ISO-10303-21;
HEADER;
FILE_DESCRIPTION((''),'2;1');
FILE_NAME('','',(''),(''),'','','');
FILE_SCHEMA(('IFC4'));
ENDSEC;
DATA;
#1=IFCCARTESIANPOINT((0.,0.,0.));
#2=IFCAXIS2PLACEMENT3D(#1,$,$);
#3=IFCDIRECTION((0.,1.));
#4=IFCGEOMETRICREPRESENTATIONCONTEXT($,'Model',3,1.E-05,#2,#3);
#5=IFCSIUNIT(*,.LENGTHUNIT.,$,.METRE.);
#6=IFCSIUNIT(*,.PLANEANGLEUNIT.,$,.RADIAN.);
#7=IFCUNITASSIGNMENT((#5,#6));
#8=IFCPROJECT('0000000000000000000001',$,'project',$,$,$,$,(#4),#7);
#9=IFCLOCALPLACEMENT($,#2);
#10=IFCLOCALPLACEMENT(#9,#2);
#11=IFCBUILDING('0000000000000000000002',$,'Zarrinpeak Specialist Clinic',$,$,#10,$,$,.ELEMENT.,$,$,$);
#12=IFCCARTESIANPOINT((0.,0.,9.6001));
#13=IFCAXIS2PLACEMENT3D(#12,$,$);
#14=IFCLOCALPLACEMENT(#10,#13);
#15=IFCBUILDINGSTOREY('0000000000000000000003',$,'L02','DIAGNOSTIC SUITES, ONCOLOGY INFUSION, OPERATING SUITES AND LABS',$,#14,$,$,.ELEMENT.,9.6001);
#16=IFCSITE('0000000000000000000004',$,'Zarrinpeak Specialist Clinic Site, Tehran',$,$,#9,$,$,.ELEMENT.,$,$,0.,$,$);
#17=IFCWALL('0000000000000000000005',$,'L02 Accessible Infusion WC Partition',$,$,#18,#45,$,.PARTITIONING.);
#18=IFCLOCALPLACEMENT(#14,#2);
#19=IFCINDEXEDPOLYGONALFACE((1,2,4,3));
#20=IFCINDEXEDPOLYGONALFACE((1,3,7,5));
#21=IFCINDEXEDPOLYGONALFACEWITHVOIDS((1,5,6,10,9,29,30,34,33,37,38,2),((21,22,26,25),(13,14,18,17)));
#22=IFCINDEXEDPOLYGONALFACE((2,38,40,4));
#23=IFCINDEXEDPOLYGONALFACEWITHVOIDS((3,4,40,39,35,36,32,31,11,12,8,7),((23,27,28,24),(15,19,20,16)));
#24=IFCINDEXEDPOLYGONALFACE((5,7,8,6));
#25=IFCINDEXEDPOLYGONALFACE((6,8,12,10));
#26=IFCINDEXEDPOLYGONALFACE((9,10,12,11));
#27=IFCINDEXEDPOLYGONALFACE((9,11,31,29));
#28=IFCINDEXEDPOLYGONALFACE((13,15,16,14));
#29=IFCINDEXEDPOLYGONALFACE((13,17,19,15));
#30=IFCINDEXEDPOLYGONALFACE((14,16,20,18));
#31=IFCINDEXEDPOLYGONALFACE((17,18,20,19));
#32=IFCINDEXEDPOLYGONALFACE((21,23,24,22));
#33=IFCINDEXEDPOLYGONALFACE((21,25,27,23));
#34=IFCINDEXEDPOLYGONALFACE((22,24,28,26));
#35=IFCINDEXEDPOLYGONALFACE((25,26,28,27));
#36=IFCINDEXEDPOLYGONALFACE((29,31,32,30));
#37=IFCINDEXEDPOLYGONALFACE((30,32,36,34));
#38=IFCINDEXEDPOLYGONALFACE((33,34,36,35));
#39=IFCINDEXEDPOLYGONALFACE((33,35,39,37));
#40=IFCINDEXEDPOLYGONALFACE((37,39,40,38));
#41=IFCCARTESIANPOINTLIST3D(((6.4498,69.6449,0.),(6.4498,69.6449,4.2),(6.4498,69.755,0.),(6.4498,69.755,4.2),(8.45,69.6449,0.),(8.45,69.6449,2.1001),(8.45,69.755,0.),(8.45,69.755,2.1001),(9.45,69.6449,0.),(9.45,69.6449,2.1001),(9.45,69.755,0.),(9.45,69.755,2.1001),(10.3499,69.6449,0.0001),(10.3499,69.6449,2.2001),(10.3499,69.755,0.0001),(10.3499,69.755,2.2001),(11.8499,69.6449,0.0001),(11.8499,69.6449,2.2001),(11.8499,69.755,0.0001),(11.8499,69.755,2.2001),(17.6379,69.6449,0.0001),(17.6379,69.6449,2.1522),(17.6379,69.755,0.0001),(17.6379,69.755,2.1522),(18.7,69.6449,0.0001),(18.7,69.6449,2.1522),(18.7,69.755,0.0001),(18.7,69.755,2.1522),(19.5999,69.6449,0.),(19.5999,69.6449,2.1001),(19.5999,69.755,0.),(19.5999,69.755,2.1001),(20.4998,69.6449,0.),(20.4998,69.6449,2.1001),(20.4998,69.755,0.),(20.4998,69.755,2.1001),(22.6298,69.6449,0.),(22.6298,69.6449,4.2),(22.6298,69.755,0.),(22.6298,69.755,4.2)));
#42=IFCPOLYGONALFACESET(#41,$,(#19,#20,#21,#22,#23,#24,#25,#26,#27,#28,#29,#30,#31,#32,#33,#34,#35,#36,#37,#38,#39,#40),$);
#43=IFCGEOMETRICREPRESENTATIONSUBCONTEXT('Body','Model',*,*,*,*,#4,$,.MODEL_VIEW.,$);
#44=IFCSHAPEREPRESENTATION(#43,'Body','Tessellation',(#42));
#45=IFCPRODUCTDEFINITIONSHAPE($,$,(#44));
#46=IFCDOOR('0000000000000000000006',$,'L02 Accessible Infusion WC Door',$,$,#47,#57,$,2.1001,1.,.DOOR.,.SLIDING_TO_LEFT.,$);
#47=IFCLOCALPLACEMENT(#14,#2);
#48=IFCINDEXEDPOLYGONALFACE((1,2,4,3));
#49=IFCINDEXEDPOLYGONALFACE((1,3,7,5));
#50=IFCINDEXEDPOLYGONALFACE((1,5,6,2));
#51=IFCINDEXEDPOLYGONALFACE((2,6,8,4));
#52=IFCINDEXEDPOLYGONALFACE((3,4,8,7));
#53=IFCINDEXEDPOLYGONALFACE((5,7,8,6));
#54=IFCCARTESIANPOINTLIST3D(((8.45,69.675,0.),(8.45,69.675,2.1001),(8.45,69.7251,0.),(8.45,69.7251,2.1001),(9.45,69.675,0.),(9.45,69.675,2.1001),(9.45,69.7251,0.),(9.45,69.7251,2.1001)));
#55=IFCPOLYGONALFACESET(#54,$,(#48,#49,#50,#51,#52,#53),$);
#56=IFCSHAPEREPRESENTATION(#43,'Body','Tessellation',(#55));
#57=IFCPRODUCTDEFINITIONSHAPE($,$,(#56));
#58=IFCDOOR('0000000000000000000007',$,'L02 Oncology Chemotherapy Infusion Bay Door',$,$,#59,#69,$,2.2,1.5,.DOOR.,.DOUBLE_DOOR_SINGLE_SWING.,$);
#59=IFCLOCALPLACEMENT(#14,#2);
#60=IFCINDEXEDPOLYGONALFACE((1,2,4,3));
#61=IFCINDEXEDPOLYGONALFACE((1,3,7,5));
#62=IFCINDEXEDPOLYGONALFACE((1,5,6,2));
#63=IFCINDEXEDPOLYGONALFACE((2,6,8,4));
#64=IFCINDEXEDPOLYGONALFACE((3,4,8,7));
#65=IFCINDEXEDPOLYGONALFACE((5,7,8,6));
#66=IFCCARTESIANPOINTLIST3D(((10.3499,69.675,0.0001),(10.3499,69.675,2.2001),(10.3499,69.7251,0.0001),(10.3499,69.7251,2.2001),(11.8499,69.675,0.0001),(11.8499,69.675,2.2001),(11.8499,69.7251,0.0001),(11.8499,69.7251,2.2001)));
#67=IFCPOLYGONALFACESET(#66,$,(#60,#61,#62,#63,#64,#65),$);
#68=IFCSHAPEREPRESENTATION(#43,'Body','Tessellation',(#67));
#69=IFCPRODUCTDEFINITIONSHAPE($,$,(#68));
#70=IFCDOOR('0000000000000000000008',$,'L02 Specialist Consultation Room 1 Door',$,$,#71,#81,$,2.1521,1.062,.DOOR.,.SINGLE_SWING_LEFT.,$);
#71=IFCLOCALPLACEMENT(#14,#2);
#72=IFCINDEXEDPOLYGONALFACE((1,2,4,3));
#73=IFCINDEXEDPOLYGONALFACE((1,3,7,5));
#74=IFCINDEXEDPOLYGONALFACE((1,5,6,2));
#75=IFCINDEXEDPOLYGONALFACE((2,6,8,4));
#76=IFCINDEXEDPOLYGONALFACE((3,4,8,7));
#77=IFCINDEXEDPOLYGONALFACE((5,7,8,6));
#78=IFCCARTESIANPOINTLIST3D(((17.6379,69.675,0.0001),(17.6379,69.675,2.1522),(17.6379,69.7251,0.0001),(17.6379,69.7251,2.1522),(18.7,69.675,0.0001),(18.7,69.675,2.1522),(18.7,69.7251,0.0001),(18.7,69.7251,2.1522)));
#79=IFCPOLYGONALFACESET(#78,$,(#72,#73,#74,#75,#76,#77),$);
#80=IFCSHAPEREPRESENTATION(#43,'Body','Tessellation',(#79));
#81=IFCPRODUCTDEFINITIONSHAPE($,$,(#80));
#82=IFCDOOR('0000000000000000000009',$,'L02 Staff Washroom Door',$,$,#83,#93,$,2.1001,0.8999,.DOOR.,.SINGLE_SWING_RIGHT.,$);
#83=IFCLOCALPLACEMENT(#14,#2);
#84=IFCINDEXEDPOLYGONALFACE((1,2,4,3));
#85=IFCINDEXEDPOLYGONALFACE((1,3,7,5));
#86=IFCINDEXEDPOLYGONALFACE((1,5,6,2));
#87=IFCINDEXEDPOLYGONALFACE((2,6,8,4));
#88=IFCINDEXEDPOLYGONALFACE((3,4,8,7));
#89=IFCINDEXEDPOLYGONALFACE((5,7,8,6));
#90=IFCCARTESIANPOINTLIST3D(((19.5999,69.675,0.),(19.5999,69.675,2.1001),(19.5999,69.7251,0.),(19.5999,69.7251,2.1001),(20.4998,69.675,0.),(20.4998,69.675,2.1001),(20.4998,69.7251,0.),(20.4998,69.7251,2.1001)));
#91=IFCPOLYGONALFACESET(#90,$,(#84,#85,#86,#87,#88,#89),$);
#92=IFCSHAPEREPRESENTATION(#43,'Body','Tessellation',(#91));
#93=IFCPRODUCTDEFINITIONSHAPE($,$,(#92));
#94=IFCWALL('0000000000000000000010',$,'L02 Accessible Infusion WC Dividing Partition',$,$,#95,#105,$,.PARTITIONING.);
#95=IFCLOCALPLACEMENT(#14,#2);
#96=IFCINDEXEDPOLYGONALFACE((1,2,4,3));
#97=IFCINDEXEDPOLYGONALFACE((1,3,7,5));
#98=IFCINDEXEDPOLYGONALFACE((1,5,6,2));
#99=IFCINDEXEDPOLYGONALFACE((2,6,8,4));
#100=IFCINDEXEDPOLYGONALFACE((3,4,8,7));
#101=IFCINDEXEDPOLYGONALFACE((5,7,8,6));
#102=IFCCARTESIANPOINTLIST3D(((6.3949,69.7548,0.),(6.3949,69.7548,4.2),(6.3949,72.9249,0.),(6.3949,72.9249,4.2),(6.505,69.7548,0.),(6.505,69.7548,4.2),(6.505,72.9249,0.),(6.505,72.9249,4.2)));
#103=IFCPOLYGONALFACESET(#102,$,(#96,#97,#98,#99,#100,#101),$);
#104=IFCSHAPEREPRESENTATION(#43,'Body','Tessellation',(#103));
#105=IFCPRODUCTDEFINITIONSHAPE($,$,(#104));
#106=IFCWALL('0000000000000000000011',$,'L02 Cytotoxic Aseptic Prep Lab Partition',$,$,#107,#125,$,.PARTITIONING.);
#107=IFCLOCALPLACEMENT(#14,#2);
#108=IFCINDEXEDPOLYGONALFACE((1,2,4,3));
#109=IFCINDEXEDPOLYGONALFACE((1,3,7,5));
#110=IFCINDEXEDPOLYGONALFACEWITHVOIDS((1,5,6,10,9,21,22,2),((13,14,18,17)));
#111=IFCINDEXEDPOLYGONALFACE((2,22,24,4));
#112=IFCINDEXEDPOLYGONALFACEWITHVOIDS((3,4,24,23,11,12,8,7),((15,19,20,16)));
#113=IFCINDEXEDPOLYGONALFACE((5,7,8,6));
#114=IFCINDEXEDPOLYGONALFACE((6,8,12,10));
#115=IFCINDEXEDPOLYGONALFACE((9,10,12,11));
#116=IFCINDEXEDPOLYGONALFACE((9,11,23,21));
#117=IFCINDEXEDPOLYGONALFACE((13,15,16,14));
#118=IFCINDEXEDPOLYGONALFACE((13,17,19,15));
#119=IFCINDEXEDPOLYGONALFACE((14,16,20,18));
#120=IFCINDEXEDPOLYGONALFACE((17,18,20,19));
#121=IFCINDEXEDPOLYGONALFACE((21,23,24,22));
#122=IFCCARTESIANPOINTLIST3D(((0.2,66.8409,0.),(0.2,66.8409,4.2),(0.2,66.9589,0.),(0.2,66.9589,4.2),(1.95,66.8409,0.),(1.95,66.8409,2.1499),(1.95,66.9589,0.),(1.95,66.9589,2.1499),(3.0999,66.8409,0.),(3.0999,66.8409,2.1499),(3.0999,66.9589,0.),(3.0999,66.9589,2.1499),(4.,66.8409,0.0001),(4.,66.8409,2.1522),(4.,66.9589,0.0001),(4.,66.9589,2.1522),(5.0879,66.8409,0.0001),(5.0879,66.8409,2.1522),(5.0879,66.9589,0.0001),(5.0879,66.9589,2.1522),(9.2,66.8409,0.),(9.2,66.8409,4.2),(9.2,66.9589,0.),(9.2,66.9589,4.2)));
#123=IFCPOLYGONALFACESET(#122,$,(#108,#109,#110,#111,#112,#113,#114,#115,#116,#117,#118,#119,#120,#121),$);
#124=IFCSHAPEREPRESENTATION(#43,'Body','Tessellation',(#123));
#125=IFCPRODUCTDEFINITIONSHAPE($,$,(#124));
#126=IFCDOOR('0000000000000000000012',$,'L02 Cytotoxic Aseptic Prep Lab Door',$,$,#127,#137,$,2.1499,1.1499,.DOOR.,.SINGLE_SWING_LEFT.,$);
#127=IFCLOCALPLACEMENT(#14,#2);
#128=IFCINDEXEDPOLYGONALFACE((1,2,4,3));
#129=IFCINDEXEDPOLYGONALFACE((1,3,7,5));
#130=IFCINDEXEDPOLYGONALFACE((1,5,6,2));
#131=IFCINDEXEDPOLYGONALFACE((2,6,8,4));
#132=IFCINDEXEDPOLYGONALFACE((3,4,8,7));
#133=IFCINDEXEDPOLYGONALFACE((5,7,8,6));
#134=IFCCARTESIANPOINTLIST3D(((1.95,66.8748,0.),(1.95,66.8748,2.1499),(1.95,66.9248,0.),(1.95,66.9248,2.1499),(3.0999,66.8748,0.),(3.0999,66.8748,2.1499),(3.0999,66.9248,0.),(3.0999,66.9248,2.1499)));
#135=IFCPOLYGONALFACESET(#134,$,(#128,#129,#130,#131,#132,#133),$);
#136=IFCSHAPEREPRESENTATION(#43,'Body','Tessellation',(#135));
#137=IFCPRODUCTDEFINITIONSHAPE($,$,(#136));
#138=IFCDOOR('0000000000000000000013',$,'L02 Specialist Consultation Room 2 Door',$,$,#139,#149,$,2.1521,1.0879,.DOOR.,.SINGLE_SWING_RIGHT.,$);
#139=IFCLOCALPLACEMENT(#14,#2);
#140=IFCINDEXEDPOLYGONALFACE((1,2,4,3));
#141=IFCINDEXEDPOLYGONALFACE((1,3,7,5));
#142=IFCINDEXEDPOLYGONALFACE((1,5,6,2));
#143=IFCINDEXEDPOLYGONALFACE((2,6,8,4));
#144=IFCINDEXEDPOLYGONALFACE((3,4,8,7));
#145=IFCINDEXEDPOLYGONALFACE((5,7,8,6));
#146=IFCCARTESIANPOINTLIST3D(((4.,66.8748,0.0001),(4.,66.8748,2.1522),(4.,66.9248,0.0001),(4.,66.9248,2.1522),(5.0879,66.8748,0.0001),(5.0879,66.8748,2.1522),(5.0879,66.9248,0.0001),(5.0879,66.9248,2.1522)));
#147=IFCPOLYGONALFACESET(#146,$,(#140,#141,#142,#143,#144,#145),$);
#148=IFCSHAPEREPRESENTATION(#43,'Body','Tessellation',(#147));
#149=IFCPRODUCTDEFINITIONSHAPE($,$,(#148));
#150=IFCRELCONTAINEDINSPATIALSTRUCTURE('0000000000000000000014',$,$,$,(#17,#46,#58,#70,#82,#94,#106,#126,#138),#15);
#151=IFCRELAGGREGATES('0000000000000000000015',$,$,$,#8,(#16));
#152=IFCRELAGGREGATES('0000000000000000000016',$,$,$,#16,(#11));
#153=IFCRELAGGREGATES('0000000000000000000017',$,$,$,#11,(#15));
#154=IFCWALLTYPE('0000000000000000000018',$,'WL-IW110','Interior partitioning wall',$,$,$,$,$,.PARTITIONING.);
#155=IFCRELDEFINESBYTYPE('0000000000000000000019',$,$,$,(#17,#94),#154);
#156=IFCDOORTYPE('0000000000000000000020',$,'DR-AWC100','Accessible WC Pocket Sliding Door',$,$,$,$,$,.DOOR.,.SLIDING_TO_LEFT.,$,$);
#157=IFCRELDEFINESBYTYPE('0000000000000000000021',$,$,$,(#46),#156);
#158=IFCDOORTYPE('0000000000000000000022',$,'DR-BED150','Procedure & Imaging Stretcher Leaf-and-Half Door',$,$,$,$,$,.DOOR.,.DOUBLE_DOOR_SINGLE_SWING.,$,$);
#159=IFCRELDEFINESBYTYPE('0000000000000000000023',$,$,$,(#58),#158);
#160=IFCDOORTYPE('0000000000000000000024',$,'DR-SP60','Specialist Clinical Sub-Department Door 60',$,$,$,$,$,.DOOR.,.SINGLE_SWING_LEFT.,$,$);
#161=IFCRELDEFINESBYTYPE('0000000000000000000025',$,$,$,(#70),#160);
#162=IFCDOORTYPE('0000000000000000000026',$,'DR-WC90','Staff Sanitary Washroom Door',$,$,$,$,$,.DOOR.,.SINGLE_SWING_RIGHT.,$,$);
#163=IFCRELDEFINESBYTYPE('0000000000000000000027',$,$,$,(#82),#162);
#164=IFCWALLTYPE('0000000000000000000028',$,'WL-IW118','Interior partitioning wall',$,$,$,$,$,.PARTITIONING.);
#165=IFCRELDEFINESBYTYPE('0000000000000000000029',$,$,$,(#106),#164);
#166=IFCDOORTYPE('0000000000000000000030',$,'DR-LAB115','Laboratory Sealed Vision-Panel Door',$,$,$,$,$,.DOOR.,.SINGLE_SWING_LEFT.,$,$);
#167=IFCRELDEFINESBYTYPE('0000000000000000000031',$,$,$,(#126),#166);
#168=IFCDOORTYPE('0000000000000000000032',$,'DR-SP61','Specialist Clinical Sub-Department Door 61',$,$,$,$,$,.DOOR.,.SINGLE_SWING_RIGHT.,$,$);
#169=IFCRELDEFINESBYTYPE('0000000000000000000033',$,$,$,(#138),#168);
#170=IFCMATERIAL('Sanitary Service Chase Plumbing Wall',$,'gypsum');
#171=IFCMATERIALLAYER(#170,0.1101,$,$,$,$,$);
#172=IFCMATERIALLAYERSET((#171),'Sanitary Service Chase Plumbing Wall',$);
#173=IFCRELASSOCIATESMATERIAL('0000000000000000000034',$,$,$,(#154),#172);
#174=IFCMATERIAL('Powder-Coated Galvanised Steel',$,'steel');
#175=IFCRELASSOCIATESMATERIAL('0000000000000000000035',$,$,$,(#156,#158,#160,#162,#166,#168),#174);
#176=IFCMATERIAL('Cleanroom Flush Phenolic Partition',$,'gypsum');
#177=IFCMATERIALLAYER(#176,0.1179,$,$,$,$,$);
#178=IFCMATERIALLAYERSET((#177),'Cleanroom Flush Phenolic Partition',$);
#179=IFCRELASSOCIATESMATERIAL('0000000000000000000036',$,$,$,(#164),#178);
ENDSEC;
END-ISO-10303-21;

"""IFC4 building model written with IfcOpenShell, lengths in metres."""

from ifc_helpers import new_model, si_unit, direction, frame, frame_2d, origin, place, context, subcontext, project, spatial, rectangle, extrude, material, layer, layer_set, type_object, element, fill, save


model = new_model("IFC4")

# Units and contexts
model_context = context("Model", 3, precision=1e-05, world=origin(), true_north=direction((0.0, 1.0)))
body_context = subcontext(model_context, "Body", "Model", "MODEL_VIEW")
ifc_project = project(units=[si_unit("LENGTHUNIT", "METRE"), si_unit("PLANEANGLEUNIT", "RADIAN")], contexts=[model_context])

# Site, building, storey
site_placement = place(None, origin())
site = spatial("IfcSite", under=ifc_project, at=site_placement, Name="Zarrinpeak Specialist Clinic Site, Tehran", CompositionType="ELEMENT", RefElevation=0.0)
building_placement = place(site_placement, origin())
building = spatial("IfcBuilding", under=site, at=building_placement, Name="Zarrinpeak Specialist Clinic", CompositionType="ELEMENT")
storey_placement = place(building_placement, frame((0.0, 0.0, 9.6001)))
storey = spatial("IfcBuildingStorey", under=building, at=storey_placement, Name="L02", Description="DIAGNOSTIC SUITES, ONCOLOGY INFUSION, OPERATING SUITES AND LABS", CompositionType="ELEMENT", Elevation=9.6001)

# Shared definitions
ifc_material_1 = material(Name="Powder-Coated Galvanised Steel", Category="steel")

# Wall, openings, doors
ifc_material_2 = material(Name="Sanitary Service Chase Plumbing Wall", Category="gypsum")
ifc_layer_1 = layer(ifc_material_2, 0.1101)
ifc_layer_set_1 = layer_set([ifc_layer_1], Name="Sanitary Service Chase Plumbing Wall")
wall_type_1 = type_object("IfcWallType", Name="WL-IW110", Description="Interior partitioning wall", PredefinedType="PARTITIONING", material=ifc_layer_set_1)
wall_1_placement = place(storey_placement, frame((6.45, 69.7, 0.0), z_axis=(0.0, 0.0, 1.0), x_axis=(1.0, 0.0, 0.0)))
wall_1 = element("IfcWall", 1, at=wall_1_placement, inside=storey, type_object=wall_type_1, Name="L02 Accessible Infusion WC Partition", PredefinedType="PARTITIONING", context=body_context, shape_type="SweptSolid", body=[
    extrude(rectangle(XDim=16.1799, YDim=0.1101, at=frame_2d((8.0898, 0.0))), origin(), (0.0, 0.0, 1.0), 4.2),
])
opening_1_placement = place(wall_1_placement, frame((2.0, 0.0, 0.0)))
opening_1 = element("IfcOpeningElement", 2, at=opening_1_placement, cuts=wall_1, PredefinedType="OPENING", context=body_context, shape_type="SweptSolid", body=[
    extrude(rectangle(XDim=1.0, YDim=2.1001, at=frame_2d((0.5, 1.05))), frame((0.0, 0.0649, 0.0), z_axis=(0.0, -1.0, 0.0), x_axis=(1.0, 0.0, 0.0)), (0.0, 0.0, 1.0), 0.1301),
])
opening_2_placement = place(wall_1_placement, frame((13.1499, 0.0, 0.0)))
opening_2 = element("IfcOpeningElement", 3, at=opening_2_placement, cuts=wall_1, PredefinedType="OPENING", context=body_context, shape_type="SweptSolid", body=[
    extrude(rectangle(XDim=0.8999, YDim=2.1001, at=frame_2d((0.45, 1.05))), frame((0.0, 0.0649, 0.0), z_axis=(0.0, -1.0, 0.0), x_axis=(1.0, 0.0, 0.0)), (0.0, 0.0, 1.0), 0.1301),
])
opening_3_placement = place(wall_1_placement, frame((3.8999, 0.0, 0.0)))
opening_3 = element("IfcOpeningElement", 4, at=opening_3_placement, cuts=wall_1, PredefinedType="OPENING", context=body_context, shape_type="SweptSolid", body=[
    extrude(rectangle(XDim=1.5, YDim=2.2, at=frame_2d((0.75, 1.1001))), frame((0.0, 0.0649, 0.0), z_axis=(0.0, -1.0, 0.0), x_axis=(1.0, 0.0, 0.0)), (0.0, 0.0, 1.0), 0.1301),
])
opening_4_placement = place(wall_1_placement, frame((11.188, 0.0, 0.0)))
opening_4 = element("IfcOpeningElement", 5, at=opening_4_placement, cuts=wall_1, PredefinedType="OPENING", context=body_context, shape_type="SweptSolid", body=[
    extrude(rectangle(XDim=1.062, YDim=2.1521, at=frame_2d((0.531, 1.0762))), frame((0.0, 0.0649, 0.0), z_axis=(0.0, -1.0, 0.0), x_axis=(1.0, 0.0, 0.0)), (0.0, 0.0, 1.0), 0.1301),
])
door_type_1 = type_object("IfcDoorType", Name="DR-AWC100", Description="Accessible WC Pocket Sliding Door", OperationType="SLIDING_TO_LEFT", PredefinedType="DOOR", material=ifc_material_1)
door_1_placement = place(opening_1_placement, frame((1.0, 0.0, 0.0), z_axis=(0.0, 0.0, 1.0), x_axis=(-1.0, 0.0, 0.0)))
door_1 = element("IfcDoor", 6, at=door_1_placement, inside=storey, type_object=door_type_1, Name="L02 Accessible Infusion WC Door", OperationType="SLIDING_TO_LEFT", OverallHeight=2.1001, OverallWidth=1.0, PredefinedType="DOOR", context=body_context, shape_type="SweptSolid", body=[
    extrude(rectangle(XDim=1.0, YDim=2.1001, at=frame_2d((0.5, 1.05))), frame((0.0, 0.0249, 0.0), z_axis=(0.0, -1.0, 0.0), x_axis=(1.0, 0.0, 0.0)), (0.0, 0.0, 1.0), 0.05),
])
fill(opening_1, door_1)
door_type_2 = type_object("IfcDoorType", Name="DR-BED150", Description="Procedure & Imaging Stretcher Leaf-and-Half Door", OperationType="DOUBLE_DOOR_SINGLE_SWING", PredefinedType="DOOR", material=ifc_material_1)
door_2_placement = place(opening_3_placement, frame((1.5, 0.0, 0.0), z_axis=(0.0, 0.0, 1.0), x_axis=(-1.0, 0.0, 0.0)))
door_2 = element("IfcDoor", 7, at=door_2_placement, inside=storey, type_object=door_type_2, Name="L02 Oncology Chemotherapy Infusion Bay Door", OperationType="DOUBLE_DOOR_SINGLE_SWING", OverallHeight=2.2, OverallWidth=1.5, PredefinedType="DOOR", context=body_context, shape_type="SweptSolid", body=[
    extrude(rectangle(XDim=1.5, YDim=2.2, at=frame_2d((0.75, 1.1001))), frame((0.0, 0.0249, 0.0), z_axis=(0.0, -1.0, 0.0), x_axis=(1.0, 0.0, 0.0)), (0.0, 0.0, 1.0), 0.05),
])
fill(opening_3, door_2)
door_type_3 = type_object("IfcDoorType", Name="DR-SP60", Description="Specialist Clinical Sub-Department Door 60", OperationType="SINGLE_SWING_LEFT", PredefinedType="DOOR", material=ifc_material_1)
door_3_placement = place(opening_4_placement, frame((1.062, 0.0, 0.0), z_axis=(0.0, 0.0, 1.0), x_axis=(-1.0, 0.0, 0.0)))
door_3 = element("IfcDoor", 8, at=door_3_placement, inside=storey, type_object=door_type_3, Name="L02 Specialist Consultation Room 1 Door", OperationType="SINGLE_SWING_LEFT", OverallHeight=2.1521, OverallWidth=1.062, PredefinedType="DOOR", context=body_context, shape_type="SweptSolid", body=[
    extrude(rectangle(XDim=1.062, YDim=2.1521, at=frame_2d((0.531, 1.0762))), frame((0.0, 0.0249, 0.0), z_axis=(0.0, -1.0, 0.0), x_axis=(1.0, 0.0, 0.0)), (0.0, 0.0, 1.0), 0.05),
])
fill(opening_4, door_3)
door_type_4 = type_object("IfcDoorType", Name="DR-WC90", Description="Staff Sanitary Washroom Door", OperationType="SINGLE_SWING_RIGHT", PredefinedType="DOOR", material=ifc_material_1)
door_4_placement = place(opening_2_placement, frame((0.8999, 0.0, 0.0), z_axis=(0.0, 0.0, 1.0), x_axis=(-1.0, 0.0, 0.0)))
door_4 = element("IfcDoor", 9, at=door_4_placement, inside=storey, type_object=door_type_4, Name="L02 Staff Washroom Door", OperationType="SINGLE_SWING_RIGHT", OverallHeight=2.1001, OverallWidth=0.8999, PredefinedType="DOOR", context=body_context, shape_type="SweptSolid", body=[
    extrude(rectangle(XDim=0.8999, YDim=2.1001, at=frame_2d((0.45, 1.05))), frame((0.0, 0.0249, 0.0), z_axis=(0.0, -1.0, 0.0), x_axis=(1.0, 0.0, 0.0)), (0.0, 0.0, 1.0), 0.05),
])
fill(opening_2, door_4)

# Wall
wall_2_placement = place(storey_placement, frame((6.45, 69.7549, 0.0), z_axis=(0.0, 0.0, 1.0), x_axis=(0.0, 1.0, 0.0)))
element("IfcWall", 10, at=wall_2_placement, inside=storey, type_object=wall_type_1, Name="L02 Accessible Infusion WC Dividing Partition", PredefinedType="PARTITIONING", context=body_context, shape_type="SweptSolid", body=[
    extrude(rectangle(XDim=3.1702, YDim=0.1101, at=frame_2d((1.585, 0.0))), origin(), (0.0, 0.0, 1.0), 4.2),
])

# Wall, openings, doors
ifc_material_3 = material(Name="Cleanroom Flush Phenolic Partition", Category="gypsum")
ifc_layer_2 = layer(ifc_material_3, 0.1179)
ifc_layer_set_2 = layer_set([ifc_layer_2], Name="Cleanroom Flush Phenolic Partition")
wall_type_2 = type_object("IfcWallType", Name="WL-IW118", Description="Interior partitioning wall", PredefinedType="PARTITIONING", material=ifc_layer_set_2)
wall_3_placement = place(storey_placement, frame((0.2, 66.8999, 0.0), z_axis=(0.0, 0.0, 1.0), x_axis=(1.0, 0.0, 0.0)))
wall_3 = element("IfcWall", 11, at=wall_3_placement, inside=storey, type_object=wall_type_2, Name="L02 Cytotoxic Aseptic Prep Lab Partition", PredefinedType="PARTITIONING", context=body_context, shape_type="SweptSolid", body=[
    extrude(rectangle(XDim=9.0, YDim=0.1179, at=frame_2d((4.5, 0.0))), origin(), (0.0, 0.0, 1.0), 4.2),
])
opening_5_placement = place(wall_3_placement, frame((1.75, 0.0, 0.0)))
opening_5 = element("IfcOpeningElement", 12, at=opening_5_placement, cuts=wall_3, PredefinedType="OPENING", context=body_context, shape_type="SweptSolid", body=[
    extrude(rectangle(XDim=1.1499, YDim=2.1499, at=frame_2d((0.575, 1.075))), frame((0.0, 0.0688, 0.0), z_axis=(0.0, -1.0, 0.0), x_axis=(1.0, 0.0, 0.0)), (0.0, 0.0, 1.0), 0.1379),
])
opening_6_placement = place(wall_3_placement, frame((3.8, 0.0, 0.0)))
opening_6 = element("IfcOpeningElement", 13, at=opening_6_placement, cuts=wall_3, PredefinedType="OPENING", context=body_context, shape_type="SweptSolid", body=[
    extrude(rectangle(XDim=1.0879, YDim=2.1521, at=frame_2d((0.5439, 1.0762))), frame((0.0, 0.0688, 0.0), z_axis=(0.0, -1.0, 0.0), x_axis=(1.0, 0.0, 0.0)), (0.0, 0.0, 1.0), 0.1379),
])
door_type_5 = type_object("IfcDoorType", Name="DR-LAB115", Description="Laboratory Sealed Vision-Panel Door", OperationType="SINGLE_SWING_LEFT", PredefinedType="DOOR", material=ifc_material_1)
door_5_placement = place(opening_5_placement, origin())
door_5 = element("IfcDoor", 14, at=door_5_placement, inside=storey, type_object=door_type_5, Name="L02 Cytotoxic Aseptic Prep Lab Door", OperationType="SINGLE_SWING_LEFT", OverallHeight=2.1499, OverallWidth=1.1499, PredefinedType="DOOR", context=body_context, shape_type="SweptSolid", body=[
    extrude(rectangle(XDim=1.1499, YDim=2.1499, at=frame_2d((0.575, 1.075))), frame((0.0, 0.0249, 0.0), z_axis=(0.0, -1.0, 0.0), x_axis=(1.0, 0.0, 0.0)), (0.0, 0.0, 1.0), 0.05),
])
fill(opening_5, door_5)
door_type_6 = type_object("IfcDoorType", Name="DR-SP61", Description="Specialist Clinical Sub-Department Door 61", OperationType="SINGLE_SWING_RIGHT", PredefinedType="DOOR", material=ifc_material_1)
door_6_placement = place(opening_6_placement, origin())
door_6 = element("IfcDoor", 15, at=door_6_placement, inside=storey, type_object=door_type_6, Name="L02 Specialist Consultation Room 2 Door", OperationType="SINGLE_SWING_RIGHT", OverallHeight=2.1521, OverallWidth=1.0879, PredefinedType="DOOR", context=body_context, shape_type="SweptSolid", body=[
    extrude(rectangle(XDim=1.0879, YDim=2.1521, at=frame_2d((0.5439, 1.0762))), frame((0.0, 0.0249, 0.0), z_axis=(0.0, -1.0, 0.0), x_axis=(1.0, 0.0, 0.0)), (0.0, 0.0, 1.0), 0.05),
])
fill(opening_6, door_6)

save(model, "model.ifc")
